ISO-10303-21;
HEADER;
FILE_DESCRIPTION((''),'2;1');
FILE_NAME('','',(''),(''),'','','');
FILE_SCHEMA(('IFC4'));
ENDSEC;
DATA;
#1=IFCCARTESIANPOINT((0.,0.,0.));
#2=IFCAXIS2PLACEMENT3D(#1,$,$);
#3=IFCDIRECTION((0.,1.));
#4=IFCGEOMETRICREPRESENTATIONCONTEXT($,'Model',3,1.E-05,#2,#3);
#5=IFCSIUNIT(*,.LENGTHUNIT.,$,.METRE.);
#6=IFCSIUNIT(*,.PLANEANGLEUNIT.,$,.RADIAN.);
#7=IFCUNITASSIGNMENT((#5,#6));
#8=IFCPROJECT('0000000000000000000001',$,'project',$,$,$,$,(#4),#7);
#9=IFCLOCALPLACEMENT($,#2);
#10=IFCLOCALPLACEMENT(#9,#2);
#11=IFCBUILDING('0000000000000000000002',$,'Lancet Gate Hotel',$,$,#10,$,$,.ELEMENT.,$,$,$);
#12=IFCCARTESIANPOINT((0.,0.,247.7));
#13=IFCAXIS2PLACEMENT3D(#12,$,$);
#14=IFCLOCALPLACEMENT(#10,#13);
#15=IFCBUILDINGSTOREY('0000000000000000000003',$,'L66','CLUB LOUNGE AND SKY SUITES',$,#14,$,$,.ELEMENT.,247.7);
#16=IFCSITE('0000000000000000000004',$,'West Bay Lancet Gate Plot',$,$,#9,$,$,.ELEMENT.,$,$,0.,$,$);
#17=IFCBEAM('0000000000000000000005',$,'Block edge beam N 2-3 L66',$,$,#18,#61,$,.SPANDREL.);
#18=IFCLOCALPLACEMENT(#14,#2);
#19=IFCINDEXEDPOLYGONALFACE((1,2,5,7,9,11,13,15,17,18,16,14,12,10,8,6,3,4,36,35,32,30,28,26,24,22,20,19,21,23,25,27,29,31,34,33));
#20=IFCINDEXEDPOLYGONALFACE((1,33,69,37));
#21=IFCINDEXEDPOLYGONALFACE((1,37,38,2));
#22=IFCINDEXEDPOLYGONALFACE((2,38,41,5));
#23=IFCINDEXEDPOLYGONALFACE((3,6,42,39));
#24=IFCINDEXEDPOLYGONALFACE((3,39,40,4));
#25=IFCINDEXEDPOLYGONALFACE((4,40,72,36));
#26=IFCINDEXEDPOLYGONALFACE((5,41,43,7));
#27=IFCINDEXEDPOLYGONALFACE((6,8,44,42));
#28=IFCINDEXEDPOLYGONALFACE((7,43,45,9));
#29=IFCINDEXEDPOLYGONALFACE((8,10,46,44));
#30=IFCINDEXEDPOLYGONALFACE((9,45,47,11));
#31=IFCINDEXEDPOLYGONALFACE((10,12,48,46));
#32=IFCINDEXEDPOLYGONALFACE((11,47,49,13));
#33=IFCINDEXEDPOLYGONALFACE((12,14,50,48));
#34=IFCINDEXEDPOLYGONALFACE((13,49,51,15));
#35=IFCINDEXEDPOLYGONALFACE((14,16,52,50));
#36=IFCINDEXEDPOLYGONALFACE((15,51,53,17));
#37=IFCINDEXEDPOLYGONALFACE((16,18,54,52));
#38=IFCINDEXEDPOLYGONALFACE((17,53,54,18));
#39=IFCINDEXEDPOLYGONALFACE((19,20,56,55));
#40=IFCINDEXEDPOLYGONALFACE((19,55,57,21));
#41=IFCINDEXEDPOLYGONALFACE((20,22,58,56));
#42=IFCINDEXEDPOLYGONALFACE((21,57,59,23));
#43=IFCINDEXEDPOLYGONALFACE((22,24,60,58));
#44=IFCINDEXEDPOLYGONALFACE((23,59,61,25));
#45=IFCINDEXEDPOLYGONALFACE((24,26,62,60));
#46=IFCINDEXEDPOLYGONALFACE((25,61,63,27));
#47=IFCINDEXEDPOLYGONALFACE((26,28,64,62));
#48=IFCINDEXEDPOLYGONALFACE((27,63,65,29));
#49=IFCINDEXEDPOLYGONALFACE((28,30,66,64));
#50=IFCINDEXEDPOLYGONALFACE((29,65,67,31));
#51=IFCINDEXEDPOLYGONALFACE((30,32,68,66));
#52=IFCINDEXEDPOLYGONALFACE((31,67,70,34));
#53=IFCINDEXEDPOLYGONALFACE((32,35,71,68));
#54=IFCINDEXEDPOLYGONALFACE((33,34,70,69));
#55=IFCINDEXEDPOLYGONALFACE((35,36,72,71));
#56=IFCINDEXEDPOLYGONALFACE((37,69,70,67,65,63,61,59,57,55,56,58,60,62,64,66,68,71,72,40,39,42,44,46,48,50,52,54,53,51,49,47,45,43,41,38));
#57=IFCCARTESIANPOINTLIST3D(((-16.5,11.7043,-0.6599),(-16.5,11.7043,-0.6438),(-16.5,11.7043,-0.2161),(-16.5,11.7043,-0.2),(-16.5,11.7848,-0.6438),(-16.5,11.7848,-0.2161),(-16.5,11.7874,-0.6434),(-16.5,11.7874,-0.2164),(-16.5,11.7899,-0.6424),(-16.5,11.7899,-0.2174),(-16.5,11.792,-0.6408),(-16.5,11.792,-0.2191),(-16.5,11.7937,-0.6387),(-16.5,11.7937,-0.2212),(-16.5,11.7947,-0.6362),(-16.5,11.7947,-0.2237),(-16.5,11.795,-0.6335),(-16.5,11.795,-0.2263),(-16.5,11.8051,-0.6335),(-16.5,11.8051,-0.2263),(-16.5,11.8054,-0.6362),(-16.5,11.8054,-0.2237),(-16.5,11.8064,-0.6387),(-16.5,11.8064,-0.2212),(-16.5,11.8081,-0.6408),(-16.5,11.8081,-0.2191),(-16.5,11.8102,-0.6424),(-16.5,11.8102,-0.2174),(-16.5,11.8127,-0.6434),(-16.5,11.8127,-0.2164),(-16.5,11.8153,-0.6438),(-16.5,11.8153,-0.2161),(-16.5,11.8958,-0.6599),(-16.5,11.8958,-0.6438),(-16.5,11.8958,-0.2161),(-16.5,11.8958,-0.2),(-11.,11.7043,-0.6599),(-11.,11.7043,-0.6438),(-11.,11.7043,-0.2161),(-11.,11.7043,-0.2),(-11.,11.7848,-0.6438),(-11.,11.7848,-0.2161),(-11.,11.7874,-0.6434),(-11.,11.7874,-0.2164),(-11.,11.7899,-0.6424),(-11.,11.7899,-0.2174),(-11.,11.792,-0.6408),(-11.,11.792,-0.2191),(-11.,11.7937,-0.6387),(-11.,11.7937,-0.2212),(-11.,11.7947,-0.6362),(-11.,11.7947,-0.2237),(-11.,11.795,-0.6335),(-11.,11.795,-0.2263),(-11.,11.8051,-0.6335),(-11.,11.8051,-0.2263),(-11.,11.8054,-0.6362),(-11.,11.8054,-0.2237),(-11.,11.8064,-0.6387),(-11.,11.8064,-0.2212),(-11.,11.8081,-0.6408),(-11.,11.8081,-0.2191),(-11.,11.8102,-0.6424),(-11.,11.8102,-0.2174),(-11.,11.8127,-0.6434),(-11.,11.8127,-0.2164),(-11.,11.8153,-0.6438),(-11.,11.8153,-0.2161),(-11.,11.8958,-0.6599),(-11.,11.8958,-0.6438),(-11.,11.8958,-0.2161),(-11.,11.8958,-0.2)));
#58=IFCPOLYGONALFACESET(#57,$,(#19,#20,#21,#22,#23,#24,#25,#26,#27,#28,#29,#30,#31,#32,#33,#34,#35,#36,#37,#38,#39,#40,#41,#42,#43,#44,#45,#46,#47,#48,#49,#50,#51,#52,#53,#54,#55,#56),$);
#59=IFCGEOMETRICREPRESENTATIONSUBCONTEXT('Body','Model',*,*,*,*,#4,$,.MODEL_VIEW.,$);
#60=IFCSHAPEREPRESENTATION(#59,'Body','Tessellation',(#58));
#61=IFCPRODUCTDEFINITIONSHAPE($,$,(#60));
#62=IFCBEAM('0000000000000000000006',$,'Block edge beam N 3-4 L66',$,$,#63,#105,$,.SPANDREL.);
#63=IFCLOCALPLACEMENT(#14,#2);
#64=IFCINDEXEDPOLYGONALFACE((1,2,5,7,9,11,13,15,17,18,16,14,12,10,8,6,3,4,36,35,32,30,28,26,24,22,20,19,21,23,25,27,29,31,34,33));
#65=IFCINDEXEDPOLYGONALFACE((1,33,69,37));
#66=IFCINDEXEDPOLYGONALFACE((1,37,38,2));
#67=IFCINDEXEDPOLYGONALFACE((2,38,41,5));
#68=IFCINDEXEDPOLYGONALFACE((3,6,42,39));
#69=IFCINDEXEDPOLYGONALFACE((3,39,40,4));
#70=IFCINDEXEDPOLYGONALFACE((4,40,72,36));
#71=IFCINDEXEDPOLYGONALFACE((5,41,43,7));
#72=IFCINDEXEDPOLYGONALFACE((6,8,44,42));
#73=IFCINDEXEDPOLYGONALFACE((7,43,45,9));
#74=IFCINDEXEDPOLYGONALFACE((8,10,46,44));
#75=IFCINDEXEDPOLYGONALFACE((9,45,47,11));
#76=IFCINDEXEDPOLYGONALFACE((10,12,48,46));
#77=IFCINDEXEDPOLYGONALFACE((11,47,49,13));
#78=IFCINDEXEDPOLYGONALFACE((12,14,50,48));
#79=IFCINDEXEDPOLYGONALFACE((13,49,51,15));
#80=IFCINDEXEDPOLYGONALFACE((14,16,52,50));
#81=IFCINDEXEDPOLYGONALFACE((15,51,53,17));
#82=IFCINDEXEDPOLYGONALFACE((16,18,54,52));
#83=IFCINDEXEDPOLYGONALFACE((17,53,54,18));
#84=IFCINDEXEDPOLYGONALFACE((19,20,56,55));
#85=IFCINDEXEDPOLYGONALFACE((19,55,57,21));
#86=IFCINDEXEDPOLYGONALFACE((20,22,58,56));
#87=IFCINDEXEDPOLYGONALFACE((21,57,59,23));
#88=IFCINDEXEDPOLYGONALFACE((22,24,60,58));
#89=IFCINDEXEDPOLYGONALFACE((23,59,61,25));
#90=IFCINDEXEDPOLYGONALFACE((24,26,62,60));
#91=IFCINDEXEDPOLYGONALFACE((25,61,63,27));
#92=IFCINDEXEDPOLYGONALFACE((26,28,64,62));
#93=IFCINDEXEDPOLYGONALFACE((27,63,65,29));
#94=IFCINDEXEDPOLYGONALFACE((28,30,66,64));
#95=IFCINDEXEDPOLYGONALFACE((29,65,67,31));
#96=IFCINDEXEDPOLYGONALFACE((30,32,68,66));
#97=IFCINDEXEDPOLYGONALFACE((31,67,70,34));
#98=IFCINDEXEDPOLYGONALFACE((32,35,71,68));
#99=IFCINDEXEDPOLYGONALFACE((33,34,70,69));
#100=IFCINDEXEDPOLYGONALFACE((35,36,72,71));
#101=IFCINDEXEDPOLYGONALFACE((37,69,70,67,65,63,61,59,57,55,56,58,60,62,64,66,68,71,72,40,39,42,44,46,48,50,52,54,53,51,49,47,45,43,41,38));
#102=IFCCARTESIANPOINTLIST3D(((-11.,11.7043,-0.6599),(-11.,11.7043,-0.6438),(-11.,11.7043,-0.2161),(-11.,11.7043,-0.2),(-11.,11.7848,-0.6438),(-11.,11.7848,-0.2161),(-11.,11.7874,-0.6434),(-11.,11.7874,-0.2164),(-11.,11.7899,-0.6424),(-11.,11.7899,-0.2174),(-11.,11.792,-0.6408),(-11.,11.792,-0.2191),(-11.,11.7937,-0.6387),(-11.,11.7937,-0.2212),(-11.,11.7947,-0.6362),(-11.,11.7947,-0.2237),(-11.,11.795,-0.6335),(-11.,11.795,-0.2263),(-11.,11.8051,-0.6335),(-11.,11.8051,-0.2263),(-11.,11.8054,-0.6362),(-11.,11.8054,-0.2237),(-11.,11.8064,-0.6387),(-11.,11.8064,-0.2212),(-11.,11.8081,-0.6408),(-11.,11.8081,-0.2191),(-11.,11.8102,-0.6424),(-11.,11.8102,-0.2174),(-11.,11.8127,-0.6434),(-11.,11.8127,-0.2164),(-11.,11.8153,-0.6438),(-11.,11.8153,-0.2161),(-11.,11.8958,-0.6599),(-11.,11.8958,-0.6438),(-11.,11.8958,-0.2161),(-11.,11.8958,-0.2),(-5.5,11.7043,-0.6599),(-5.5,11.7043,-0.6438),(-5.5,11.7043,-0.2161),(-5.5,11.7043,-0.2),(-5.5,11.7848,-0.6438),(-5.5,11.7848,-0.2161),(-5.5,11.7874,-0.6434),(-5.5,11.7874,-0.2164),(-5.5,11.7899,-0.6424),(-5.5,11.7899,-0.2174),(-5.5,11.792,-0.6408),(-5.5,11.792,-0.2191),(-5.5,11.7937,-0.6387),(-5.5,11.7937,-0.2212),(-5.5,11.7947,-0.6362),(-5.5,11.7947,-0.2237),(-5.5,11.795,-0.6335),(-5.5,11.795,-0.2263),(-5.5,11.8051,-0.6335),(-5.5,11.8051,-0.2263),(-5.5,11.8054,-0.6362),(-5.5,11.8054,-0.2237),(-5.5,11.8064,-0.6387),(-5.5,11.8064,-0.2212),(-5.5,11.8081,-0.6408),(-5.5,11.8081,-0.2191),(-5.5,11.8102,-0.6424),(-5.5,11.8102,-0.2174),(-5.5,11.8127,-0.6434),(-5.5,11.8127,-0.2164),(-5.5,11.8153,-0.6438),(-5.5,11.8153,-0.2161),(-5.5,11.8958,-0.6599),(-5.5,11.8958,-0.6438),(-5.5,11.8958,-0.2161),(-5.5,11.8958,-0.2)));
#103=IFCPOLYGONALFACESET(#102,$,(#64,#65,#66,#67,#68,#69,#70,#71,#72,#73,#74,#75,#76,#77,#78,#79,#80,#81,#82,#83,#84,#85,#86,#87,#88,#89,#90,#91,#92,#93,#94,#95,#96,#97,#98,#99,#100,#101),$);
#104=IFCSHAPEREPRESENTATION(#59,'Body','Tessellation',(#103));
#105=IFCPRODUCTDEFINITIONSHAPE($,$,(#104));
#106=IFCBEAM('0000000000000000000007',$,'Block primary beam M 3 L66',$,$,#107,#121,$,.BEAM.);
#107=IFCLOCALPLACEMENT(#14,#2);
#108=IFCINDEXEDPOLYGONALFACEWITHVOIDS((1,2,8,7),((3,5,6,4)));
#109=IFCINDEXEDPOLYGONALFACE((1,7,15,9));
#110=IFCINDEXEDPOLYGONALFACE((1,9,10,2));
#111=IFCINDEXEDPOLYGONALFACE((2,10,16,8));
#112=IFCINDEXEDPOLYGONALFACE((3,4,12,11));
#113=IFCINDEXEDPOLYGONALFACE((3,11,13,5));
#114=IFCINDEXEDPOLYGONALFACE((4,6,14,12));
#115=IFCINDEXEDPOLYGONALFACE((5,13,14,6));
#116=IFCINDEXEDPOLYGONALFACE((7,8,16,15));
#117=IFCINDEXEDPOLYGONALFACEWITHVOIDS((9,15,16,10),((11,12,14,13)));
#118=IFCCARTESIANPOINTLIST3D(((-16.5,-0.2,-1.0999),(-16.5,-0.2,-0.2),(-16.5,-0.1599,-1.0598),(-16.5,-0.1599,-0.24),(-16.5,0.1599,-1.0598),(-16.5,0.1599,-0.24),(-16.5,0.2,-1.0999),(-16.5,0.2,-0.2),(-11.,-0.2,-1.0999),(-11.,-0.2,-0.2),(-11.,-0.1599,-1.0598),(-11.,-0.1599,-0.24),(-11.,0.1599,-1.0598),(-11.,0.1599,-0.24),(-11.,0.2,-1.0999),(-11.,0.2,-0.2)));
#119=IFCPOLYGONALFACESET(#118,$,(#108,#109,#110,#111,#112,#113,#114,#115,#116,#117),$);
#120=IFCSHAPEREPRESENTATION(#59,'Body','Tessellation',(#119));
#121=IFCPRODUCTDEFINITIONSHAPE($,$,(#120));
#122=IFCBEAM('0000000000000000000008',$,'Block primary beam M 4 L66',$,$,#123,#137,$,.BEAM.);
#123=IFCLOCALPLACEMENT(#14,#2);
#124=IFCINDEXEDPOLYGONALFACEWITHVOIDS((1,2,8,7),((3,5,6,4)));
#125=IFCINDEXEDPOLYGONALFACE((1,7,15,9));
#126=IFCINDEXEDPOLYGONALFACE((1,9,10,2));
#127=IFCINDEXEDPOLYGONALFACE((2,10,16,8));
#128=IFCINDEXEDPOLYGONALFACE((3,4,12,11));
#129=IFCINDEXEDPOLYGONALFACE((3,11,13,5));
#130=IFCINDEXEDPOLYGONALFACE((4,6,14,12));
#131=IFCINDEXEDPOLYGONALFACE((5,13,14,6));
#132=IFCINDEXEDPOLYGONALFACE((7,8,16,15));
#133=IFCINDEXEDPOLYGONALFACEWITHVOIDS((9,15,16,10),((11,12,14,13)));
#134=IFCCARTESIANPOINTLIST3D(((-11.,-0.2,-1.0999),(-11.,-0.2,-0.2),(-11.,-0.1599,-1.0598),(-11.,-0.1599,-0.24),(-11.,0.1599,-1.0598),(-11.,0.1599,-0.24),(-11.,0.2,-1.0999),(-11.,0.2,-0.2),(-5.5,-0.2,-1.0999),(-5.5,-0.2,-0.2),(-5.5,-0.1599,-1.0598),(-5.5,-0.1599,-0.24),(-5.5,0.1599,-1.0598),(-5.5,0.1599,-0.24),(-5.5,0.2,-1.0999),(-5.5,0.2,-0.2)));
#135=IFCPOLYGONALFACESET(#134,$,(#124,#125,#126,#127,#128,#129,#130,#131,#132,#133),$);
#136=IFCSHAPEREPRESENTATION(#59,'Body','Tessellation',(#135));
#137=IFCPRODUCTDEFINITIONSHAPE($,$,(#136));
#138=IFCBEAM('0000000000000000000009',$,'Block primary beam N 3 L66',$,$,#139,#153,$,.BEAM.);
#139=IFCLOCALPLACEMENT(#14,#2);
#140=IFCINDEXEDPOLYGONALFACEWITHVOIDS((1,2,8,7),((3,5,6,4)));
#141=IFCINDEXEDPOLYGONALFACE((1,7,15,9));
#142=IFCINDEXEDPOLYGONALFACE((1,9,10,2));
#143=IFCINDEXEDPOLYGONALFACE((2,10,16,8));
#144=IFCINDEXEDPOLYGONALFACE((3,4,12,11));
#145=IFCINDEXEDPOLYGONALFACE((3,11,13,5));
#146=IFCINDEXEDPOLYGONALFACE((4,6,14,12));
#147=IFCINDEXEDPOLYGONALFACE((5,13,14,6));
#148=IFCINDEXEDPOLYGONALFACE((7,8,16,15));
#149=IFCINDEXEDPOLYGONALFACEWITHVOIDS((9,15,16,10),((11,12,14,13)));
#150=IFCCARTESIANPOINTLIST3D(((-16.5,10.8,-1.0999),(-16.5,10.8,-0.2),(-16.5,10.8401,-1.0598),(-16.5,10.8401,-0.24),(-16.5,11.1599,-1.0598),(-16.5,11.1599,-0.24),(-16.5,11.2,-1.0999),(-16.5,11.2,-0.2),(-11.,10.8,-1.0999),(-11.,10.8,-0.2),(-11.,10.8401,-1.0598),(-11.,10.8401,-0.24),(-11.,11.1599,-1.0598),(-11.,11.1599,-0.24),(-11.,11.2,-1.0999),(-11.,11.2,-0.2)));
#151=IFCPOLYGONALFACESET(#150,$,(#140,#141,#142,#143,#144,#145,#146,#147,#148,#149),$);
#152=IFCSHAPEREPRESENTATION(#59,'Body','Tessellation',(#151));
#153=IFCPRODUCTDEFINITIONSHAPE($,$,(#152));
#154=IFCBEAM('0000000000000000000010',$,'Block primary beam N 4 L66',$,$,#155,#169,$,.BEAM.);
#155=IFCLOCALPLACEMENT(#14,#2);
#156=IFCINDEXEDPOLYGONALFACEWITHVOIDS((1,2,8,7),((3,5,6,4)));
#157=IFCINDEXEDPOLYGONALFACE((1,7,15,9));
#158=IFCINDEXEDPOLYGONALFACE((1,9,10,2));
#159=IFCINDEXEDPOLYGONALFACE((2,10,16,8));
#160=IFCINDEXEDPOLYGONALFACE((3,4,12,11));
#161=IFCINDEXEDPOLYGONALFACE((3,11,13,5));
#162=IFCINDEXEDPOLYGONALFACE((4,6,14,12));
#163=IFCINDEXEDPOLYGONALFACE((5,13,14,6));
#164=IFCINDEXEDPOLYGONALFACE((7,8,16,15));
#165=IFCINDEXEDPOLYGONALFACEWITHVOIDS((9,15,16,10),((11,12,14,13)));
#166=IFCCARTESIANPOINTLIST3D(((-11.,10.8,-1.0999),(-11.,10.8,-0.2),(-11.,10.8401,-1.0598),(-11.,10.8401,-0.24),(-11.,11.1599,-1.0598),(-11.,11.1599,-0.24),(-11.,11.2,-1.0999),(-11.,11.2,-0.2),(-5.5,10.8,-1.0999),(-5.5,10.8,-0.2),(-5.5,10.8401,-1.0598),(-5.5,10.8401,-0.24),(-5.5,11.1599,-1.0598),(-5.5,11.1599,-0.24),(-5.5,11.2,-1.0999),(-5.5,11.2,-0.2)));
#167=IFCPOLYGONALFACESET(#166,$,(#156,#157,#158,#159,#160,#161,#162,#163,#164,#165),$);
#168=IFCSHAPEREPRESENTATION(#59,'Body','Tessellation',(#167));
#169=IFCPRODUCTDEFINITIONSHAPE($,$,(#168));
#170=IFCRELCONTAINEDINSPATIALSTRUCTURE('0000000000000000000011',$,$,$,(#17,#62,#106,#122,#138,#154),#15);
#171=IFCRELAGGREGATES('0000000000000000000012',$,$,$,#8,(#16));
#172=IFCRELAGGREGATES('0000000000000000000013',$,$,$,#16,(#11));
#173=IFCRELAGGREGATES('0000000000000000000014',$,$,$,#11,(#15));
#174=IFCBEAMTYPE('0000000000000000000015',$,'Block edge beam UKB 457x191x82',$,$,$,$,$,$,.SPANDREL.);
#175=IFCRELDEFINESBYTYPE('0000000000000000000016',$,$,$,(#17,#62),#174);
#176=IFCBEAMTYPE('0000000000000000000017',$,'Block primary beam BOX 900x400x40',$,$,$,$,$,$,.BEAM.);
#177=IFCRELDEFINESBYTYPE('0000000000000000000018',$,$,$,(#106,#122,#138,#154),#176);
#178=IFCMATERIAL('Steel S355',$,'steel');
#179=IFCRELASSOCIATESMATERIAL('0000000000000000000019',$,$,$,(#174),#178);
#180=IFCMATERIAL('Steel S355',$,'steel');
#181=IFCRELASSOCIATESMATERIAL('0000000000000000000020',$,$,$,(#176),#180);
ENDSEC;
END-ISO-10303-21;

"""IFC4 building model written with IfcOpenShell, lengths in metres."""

from ifc_helpers import new_model, si_unit, direction, frame, origin, origin_2d, place, context, subcontext, project, spatial, hollow_rectangle, i_section, extrude, material, material_profile, profile_set, type_object, element, save


model = new_model("IFC4")

# Units and contexts
model_context = context("Model", 3, precision=1e-05, world=origin(), true_north=direction((0.0, 1.0)))
body_context = subcontext(model_context, "Body", "Model", "MODEL_VIEW")
ifc_project = project(units=[si_unit("LENGTHUNIT", "METRE"), si_unit("PLANEANGLEUNIT", "RADIAN")], contexts=[model_context])

# Site, building, storey
site_placement = place(None, origin())
site = spatial("IfcSite", under=ifc_project, at=site_placement, Name="West Bay Lancet Gate Plot", CompositionType="ELEMENT", RefElevation=0.0)
building_placement = place(site_placement, origin())
building = spatial("IfcBuilding", under=site, at=building_placement, Name="Lancet Gate Hotel", CompositionType="ELEMENT")
storey_placement = place(building_placement, frame((0.0, 0.0, 247.7)))
storey = spatial("IfcBuildingStorey", under=building, at=storey_placement, Name="L66", Description="CLUB LOUNGE AND SKY SUITES", CompositionType="ELEMENT", Elevation=247.7)

# Beams
ifc_material_1 = material(Name="Steel S355", Category="steel")
ifc_material_profile_1 = material_profile(ifc_material_1, i_section(OverallWidth=0.1914, OverallDepth=0.46, WebThickness=0.01, FlangeThickness=0.0161, FilletRadius=0.0103, at=origin_2d()), Name="UKB 457x191x82")
ifc_profile_set_1 = profile_set([ifc_material_profile_1], Name="Steel S355")
beam_type_1 = type_object("IfcBeamType", Name="Block edge beam UKB 457x191x82", PredefinedType="SPANDREL", material=ifc_profile_set_1)
for number, where, z_axis, x_axis, name in (
    (1, (-16.5, 11.8, -0.4299), (1.0, 0.0, 0.0), (0.0, 1.0, 0.0), "Block edge beam N 2-3 L66"),
    (2, (-11.0, 11.8, -0.4299), (1.0, 0.0, 0.0), (0.0, 1.0, 0.0), "Block edge beam N 3-4 L66"),
):
    element("IfcBeam", number, at=place(storey_placement, frame(where, z_axis=z_axis, x_axis=x_axis)), inside=storey, type_object=beam_type_1, Name=name, PredefinedType="SPANDREL", context=body_context, shape_type="SweptSolid", body=[
        extrude(i_section(OverallWidth=0.1914, OverallDepth=0.46, WebThickness=0.01, FlangeThickness=0.0161, FilletRadius=0.0103, at=origin_2d()), origin(), (0.0, 0.0, 1.0), 5.5),
    ])
ifc_material_2 = material(Name="Steel S355", Category="steel")
ifc_material_profile_2 = material_profile(ifc_material_2, hollow_rectangle(XDim=0.3999, YDim=0.8999, WallThickness=0.04, at=origin_2d()), Name="BOX 900x400x40")
ifc_profile_set_2 = profile_set([ifc_material_profile_2], Name="Steel S355")
beam_type_2 = type_object("IfcBeamType", Name="Block primary beam BOX 900x400x40", PredefinedType="BEAM", material=ifc_profile_set_2)
for number, where, z_axis, x_axis, name in (
    (3, (-16.5, 0.0, -0.6499), (1.0, 0.0, 0.0), (0.0, 1.0, 0.0), "Block primary beam M 3 L66"),
    (4, (-11.0, 0.0, -0.6499), (1.0, 0.0, 0.0), (0.0, 1.0, 0.0), "Block primary beam M 4 L66"),
    (5, (-16.5, 11.0, -0.6499), (1.0, 0.0, 0.0), (0.0, 1.0, 0.0), "Block primary beam N 3 L66"),
    (6, (-11.0, 11.0, -0.6499), (1.0, 0.0, 0.0), (0.0, 1.0, 0.0), "Block primary beam N 4 L66"),
):
    element("IfcBeam", number, at=place(storey_placement, frame(where, z_axis=z_axis, x_axis=x_axis)), inside=storey, type_object=beam_type_2, Name=name, PredefinedType="BEAM", context=body_context, shape_type="SweptSolid", body=[
        extrude(hollow_rectangle(XDim=0.3999, YDim=0.8999, WallThickness=0.04, at=origin_2d()), origin(), (0.0, 0.0, 1.0), 5.5),
    ])

save(model, "model.ifc")
